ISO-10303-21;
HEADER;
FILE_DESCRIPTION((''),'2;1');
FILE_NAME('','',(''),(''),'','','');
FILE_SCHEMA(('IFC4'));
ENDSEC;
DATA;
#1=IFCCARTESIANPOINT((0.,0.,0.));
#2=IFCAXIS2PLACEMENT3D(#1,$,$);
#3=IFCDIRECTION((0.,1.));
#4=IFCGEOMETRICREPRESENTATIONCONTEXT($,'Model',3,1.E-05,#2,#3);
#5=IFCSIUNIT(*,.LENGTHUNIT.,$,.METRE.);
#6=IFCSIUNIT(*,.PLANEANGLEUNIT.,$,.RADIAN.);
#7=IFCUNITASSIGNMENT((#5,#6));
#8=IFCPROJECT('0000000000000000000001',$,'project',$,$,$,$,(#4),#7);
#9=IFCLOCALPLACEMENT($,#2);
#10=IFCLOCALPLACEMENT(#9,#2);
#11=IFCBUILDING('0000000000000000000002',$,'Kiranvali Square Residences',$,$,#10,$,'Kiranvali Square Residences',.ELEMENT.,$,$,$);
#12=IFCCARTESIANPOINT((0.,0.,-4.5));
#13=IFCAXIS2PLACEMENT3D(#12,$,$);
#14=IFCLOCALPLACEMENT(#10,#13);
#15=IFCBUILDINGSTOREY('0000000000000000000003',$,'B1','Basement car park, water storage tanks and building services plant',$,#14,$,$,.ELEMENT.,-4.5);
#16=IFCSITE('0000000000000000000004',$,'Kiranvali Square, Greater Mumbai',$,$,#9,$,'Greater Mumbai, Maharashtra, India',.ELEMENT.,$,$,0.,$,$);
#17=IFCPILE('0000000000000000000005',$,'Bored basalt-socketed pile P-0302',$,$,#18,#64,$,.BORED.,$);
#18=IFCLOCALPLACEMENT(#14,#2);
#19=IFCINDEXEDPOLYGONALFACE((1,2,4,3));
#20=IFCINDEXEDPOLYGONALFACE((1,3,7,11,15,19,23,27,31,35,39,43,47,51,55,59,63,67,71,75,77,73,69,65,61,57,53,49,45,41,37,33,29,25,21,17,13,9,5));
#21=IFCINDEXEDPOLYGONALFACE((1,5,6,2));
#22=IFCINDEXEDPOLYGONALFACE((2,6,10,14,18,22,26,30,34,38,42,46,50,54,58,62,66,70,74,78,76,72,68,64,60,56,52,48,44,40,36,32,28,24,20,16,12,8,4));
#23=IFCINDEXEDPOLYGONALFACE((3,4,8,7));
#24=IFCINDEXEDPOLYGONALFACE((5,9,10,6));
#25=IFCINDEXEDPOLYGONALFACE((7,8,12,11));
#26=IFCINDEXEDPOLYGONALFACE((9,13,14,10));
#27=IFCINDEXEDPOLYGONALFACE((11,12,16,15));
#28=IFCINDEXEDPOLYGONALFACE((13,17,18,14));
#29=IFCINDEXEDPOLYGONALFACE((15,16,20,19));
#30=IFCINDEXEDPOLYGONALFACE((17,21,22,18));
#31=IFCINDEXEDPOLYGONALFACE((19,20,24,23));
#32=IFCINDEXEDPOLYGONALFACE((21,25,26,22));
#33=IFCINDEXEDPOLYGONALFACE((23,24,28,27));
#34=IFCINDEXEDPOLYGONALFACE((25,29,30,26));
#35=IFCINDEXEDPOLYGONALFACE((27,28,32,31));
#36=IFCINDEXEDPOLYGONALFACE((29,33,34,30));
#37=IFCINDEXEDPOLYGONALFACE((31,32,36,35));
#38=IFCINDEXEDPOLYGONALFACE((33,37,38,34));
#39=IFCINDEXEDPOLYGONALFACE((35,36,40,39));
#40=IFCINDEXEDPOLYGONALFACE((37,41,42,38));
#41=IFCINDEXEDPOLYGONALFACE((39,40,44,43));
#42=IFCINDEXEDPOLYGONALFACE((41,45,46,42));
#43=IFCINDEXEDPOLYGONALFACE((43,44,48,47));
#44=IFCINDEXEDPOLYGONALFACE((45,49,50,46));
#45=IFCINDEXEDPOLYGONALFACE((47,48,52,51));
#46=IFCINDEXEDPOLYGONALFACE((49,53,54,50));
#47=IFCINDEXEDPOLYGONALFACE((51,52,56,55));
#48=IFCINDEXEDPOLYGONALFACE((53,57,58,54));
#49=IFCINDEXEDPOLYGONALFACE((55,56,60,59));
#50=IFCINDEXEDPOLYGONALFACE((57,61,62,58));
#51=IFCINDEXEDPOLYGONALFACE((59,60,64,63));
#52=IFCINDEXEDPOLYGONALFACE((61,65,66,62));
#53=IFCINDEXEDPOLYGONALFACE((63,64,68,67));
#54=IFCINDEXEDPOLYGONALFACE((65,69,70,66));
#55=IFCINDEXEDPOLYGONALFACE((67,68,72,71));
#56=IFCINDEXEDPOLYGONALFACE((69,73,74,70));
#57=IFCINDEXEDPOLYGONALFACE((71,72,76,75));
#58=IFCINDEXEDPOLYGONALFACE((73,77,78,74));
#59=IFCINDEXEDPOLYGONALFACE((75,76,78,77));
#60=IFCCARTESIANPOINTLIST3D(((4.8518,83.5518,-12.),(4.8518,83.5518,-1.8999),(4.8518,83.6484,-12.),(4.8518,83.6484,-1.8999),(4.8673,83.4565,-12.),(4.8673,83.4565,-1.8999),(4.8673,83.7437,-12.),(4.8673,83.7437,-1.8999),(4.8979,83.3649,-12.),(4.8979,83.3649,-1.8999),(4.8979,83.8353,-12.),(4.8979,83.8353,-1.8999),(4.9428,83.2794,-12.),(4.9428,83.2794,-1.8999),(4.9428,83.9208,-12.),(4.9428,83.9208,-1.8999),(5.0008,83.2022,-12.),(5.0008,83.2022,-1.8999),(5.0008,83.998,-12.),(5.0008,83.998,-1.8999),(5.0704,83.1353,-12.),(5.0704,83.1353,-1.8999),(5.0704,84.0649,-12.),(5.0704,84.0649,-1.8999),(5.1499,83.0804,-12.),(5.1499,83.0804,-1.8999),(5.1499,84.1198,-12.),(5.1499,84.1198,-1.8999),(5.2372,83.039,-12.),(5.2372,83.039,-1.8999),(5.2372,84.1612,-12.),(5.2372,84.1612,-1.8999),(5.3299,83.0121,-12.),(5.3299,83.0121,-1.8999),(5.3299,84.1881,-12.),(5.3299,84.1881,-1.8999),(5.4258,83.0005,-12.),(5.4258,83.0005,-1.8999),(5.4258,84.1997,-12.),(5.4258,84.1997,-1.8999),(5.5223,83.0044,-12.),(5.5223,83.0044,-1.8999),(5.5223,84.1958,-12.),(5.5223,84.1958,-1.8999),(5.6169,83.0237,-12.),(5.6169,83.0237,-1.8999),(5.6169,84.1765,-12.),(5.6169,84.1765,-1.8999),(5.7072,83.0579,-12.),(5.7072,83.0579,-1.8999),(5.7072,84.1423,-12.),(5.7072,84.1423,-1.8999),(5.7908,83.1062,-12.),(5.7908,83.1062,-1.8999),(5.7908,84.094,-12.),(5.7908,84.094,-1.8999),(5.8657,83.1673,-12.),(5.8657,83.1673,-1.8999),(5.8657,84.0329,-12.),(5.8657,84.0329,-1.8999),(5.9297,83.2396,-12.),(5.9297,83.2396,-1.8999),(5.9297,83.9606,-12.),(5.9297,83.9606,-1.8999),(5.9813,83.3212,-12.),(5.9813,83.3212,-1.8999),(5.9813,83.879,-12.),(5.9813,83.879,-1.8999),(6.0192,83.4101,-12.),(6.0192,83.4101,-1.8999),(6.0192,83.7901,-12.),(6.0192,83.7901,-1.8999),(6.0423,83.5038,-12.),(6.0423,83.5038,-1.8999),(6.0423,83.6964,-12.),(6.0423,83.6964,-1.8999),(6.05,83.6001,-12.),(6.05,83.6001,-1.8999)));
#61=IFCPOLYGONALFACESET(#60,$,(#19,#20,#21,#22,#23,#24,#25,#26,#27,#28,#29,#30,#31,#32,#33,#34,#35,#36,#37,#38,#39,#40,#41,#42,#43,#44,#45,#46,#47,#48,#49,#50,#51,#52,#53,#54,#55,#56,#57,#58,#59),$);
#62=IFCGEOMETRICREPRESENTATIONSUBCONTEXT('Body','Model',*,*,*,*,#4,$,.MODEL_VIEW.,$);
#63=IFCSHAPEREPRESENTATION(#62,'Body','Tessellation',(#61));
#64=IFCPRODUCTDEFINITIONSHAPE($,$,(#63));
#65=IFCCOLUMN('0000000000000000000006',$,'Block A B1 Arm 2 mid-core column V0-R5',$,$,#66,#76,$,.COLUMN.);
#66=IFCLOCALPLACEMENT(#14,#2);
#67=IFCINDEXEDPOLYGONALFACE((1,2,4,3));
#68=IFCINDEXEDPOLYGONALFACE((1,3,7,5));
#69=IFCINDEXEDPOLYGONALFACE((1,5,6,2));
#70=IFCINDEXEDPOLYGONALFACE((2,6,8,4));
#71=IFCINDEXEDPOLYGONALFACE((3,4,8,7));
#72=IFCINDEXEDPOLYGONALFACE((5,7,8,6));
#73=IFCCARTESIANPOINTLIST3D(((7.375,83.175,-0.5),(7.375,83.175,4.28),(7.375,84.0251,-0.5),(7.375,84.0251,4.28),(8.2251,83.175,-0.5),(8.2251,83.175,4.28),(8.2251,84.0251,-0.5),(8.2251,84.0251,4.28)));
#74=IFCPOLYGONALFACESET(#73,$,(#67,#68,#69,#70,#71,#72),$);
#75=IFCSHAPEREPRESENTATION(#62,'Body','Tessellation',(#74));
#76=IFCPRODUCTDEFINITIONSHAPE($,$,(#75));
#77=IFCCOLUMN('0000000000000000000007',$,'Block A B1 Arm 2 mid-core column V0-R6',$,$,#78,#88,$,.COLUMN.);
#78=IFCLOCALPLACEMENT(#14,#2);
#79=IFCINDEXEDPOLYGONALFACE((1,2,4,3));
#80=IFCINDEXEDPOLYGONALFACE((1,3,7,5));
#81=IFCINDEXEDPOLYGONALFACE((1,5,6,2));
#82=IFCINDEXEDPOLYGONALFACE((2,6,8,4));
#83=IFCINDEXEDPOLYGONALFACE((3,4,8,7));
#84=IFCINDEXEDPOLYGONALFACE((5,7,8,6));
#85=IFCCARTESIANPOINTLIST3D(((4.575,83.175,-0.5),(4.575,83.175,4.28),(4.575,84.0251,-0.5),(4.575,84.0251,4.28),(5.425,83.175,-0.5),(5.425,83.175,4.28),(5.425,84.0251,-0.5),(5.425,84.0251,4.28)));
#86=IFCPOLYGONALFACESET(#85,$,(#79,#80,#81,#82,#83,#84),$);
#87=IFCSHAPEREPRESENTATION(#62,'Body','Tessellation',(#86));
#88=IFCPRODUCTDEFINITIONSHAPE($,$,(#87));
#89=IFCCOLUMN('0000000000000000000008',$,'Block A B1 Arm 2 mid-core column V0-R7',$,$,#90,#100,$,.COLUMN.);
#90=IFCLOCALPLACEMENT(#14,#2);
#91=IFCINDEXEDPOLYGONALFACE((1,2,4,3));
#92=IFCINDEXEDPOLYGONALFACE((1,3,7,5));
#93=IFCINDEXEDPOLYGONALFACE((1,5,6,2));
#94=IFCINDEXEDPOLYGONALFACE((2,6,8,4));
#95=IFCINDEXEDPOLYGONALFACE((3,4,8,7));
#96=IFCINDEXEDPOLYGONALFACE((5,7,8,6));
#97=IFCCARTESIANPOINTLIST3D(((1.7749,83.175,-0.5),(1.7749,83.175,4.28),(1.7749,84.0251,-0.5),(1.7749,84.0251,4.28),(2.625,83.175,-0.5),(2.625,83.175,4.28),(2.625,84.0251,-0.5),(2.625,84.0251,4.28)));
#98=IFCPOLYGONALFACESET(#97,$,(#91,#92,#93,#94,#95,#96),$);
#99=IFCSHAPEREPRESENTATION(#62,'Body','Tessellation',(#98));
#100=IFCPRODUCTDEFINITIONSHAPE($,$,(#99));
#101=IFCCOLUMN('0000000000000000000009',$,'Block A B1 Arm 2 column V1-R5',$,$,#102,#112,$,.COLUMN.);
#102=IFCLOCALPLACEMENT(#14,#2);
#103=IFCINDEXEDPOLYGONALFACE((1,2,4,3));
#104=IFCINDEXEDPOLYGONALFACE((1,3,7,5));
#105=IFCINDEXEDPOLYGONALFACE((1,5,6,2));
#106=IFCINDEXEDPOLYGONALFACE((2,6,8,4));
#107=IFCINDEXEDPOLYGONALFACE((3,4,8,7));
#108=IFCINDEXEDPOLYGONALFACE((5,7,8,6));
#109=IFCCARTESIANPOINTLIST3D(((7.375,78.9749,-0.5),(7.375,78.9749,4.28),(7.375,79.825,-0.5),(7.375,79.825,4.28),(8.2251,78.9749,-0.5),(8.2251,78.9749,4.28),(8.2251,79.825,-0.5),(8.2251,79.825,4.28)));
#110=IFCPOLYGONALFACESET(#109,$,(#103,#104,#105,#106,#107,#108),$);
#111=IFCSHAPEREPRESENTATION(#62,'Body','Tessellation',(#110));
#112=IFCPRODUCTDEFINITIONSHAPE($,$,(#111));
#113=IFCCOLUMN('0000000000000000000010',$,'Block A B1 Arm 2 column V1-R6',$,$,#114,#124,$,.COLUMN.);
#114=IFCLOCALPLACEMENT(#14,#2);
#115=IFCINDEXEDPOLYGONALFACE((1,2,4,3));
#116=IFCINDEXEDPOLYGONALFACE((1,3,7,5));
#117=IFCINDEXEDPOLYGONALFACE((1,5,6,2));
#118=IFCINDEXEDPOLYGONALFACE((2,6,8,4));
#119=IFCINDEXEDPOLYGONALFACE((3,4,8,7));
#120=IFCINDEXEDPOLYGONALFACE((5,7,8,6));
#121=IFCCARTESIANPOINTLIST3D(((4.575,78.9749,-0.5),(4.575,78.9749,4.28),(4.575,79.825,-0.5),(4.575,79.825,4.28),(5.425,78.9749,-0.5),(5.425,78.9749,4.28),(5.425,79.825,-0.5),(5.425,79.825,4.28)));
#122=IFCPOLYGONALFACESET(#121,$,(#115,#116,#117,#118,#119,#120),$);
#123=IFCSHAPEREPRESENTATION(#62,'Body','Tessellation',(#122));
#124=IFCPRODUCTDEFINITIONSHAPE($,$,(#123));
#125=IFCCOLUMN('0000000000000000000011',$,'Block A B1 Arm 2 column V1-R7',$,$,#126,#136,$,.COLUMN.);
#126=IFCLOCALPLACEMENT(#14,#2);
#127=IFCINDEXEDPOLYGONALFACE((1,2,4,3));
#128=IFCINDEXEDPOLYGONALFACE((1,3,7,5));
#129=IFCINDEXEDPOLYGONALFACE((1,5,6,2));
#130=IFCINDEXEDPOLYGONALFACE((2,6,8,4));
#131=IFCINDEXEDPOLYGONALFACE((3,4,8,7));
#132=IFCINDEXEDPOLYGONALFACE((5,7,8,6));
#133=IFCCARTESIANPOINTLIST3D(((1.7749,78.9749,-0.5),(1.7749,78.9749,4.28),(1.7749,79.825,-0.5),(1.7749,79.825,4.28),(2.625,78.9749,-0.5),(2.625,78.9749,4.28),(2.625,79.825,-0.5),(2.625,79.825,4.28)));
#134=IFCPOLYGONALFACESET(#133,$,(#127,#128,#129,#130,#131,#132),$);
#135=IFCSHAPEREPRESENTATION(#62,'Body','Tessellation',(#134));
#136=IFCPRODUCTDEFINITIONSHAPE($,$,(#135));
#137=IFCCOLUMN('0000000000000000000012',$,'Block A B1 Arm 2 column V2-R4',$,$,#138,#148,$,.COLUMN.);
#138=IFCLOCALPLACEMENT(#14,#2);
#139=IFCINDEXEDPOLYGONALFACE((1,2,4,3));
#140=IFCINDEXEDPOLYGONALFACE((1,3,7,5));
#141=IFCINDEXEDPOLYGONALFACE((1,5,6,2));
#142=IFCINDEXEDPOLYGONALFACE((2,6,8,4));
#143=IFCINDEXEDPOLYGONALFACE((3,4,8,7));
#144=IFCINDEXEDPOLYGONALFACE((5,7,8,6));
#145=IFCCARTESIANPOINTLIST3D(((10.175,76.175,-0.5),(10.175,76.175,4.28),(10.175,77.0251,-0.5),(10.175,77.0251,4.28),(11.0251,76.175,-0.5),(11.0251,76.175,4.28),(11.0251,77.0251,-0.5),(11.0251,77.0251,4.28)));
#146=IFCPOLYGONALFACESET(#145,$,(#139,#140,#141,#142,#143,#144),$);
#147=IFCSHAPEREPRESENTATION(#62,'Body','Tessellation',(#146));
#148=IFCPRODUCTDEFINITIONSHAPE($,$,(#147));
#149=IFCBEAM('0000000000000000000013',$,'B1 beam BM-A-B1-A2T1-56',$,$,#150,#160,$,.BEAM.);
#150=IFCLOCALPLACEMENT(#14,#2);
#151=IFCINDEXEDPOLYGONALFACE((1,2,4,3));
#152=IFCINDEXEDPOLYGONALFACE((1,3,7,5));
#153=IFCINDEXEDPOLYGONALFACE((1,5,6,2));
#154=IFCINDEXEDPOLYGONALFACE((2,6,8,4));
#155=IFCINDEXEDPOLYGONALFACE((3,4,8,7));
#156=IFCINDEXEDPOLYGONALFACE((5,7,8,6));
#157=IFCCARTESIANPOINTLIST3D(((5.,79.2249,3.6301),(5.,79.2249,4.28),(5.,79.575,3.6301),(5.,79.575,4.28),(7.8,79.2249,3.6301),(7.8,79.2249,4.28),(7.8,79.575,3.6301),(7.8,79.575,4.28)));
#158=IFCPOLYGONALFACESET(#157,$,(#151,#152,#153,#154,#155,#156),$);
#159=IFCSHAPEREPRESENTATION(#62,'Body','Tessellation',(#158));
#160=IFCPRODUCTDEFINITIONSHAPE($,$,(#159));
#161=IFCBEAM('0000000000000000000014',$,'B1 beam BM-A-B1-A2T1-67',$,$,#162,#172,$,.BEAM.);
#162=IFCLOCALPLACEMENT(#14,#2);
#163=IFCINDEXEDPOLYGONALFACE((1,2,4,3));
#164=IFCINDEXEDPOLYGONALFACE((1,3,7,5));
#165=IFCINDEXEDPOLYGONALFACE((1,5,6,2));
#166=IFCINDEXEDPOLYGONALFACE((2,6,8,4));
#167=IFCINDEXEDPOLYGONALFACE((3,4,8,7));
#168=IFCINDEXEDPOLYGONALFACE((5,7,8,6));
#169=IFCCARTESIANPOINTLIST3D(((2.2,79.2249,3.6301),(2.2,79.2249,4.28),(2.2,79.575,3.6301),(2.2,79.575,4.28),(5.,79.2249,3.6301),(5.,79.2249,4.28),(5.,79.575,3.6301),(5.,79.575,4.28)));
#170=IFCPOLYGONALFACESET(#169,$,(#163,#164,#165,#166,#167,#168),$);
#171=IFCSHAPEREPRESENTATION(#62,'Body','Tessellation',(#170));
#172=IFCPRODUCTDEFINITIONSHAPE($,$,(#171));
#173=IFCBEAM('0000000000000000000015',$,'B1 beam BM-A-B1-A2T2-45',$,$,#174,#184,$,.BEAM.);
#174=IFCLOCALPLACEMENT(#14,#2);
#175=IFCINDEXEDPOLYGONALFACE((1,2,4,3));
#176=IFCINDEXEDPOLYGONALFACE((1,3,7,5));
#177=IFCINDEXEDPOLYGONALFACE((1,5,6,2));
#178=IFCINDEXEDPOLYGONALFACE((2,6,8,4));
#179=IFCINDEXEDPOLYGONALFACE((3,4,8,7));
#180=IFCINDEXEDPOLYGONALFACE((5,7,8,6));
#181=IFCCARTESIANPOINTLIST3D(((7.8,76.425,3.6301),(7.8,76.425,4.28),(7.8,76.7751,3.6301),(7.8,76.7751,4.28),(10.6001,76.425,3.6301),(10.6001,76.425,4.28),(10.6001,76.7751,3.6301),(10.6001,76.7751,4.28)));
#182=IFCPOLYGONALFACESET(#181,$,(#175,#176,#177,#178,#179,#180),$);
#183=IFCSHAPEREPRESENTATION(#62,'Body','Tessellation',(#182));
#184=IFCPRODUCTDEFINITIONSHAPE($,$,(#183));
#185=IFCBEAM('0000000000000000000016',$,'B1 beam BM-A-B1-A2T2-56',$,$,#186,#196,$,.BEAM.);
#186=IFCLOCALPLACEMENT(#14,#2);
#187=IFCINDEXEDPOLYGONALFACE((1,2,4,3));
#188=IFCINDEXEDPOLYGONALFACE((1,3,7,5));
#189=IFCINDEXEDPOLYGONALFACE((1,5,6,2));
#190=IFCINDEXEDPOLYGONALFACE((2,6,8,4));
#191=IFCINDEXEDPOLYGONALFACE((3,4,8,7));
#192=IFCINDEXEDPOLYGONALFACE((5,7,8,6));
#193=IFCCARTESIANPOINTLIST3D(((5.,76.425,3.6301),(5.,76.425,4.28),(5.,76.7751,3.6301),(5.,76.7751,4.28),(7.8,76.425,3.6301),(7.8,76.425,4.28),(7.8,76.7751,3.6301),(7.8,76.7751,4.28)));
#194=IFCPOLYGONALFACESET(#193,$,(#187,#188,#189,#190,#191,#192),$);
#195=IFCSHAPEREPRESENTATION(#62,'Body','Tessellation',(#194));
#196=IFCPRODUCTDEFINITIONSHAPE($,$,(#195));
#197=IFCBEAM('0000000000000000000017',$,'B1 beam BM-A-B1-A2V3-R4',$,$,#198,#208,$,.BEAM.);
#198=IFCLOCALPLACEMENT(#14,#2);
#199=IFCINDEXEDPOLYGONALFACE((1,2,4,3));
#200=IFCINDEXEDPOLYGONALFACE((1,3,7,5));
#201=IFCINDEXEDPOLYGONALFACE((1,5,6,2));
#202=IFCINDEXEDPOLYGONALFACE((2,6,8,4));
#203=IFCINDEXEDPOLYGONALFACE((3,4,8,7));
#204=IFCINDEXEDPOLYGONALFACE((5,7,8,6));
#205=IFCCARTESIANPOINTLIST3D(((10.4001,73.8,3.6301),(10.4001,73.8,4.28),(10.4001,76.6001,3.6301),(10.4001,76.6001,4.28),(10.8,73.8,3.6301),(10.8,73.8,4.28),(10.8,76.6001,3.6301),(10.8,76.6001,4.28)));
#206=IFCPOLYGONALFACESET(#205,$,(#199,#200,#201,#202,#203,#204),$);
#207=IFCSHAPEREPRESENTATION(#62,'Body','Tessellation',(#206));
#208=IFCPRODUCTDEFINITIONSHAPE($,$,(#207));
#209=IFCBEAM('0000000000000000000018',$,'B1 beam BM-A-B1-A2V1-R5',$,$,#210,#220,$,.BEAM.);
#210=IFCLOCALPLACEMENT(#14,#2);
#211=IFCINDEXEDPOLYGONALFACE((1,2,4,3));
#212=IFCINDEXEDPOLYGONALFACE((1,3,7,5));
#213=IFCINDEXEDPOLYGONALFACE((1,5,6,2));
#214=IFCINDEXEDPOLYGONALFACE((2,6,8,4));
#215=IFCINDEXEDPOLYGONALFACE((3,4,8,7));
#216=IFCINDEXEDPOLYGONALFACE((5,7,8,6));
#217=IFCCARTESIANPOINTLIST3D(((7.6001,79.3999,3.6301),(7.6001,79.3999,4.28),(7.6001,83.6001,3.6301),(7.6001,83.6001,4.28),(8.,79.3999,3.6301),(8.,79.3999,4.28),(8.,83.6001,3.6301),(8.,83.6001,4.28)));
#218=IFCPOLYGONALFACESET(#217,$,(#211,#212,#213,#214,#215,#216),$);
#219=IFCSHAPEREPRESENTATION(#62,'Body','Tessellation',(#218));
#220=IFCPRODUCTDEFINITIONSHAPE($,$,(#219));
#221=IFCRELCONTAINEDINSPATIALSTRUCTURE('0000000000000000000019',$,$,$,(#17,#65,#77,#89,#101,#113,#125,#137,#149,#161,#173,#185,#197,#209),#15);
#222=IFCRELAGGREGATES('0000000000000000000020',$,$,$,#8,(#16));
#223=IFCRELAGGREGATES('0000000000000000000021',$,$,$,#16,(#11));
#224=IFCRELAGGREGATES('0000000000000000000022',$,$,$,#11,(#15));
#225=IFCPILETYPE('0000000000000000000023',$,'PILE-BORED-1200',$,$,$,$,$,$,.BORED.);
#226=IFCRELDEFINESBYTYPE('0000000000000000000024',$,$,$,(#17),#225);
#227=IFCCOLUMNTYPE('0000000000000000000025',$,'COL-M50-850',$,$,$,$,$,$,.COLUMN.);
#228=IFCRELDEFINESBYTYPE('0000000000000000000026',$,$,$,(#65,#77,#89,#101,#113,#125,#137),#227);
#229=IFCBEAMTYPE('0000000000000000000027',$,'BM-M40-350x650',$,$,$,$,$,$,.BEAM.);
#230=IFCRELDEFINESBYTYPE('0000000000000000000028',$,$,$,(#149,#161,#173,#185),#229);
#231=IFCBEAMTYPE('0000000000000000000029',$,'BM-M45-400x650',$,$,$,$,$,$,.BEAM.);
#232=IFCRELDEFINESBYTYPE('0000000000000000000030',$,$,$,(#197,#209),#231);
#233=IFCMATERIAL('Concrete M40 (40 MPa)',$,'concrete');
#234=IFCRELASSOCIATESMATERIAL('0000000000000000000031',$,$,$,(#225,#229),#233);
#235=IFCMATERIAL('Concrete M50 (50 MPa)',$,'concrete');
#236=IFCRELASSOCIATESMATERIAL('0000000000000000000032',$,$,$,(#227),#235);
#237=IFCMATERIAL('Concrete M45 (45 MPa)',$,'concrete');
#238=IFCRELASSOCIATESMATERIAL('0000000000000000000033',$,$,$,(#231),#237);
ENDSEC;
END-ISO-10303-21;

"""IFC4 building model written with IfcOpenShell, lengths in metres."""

from ifc_helpers import new_model, si_unit, direction, frame, origin, origin_2d, place, context, subcontext, project, spatial, rectangle, circle, extrude, material, material_profile, profile_set, type_object, element, save


model = new_model("IFC4")

# Units and contexts
model_context = context("Model", 3, precision=1e-05, world=origin(), true_north=direction((0.0, 1.0)))
body_context = subcontext(model_context, "Body", "Model", "MODEL_VIEW")
ifc_project = project(units=[si_unit("LENGTHUNIT", "METRE"), si_unit("PLANEANGLEUNIT", "RADIAN")], contexts=[model_context])

# Site, building, storey
site_placement = place(None, origin())
site = spatial("IfcSite", under=ifc_project, at=site_placement, Name="Kiranvali Square, Greater Mumbai", LongName="Greater Mumbai, Maharashtra, India", CompositionType="ELEMENT", RefElevation=0.0)
building_placement = place(site_placement, origin())
building = spatial("IfcBuilding", under=site, at=building_placement, Name="Kiranvali Square Residences", LongName="Kiranvali Square Residences", CompositionType="ELEMENT")
storey_placement = place(building_placement, frame((0.0, 0.0, -4.5)))
storey = spatial("IfcBuildingStorey", under=building, at=storey_placement, Name="B1", Description="Basement car park, water storage tanks and building services plant", CompositionType="ELEMENT", Elevation=-4.5)

# Shared definitions
ifc_material_1 = material(Name="Concrete M40 (40 MPa)", Category="concrete")

# Pile
ifc_material_profile_1 = material_profile(ifc_material_1, circle(Radius=0.6001, at=origin_2d()), Name="BORED PILE 1200")
ifc_profile_set_1 = profile_set([ifc_material_profile_1], Name="Concrete M40 (40 MPa)")
pile_type = type_object("IfcPileType", Name="PILE-BORED-1200", PredefinedType="BORED", material=ifc_profile_set_1)
for number, where, z_axis, x_axis, name in (
    (1, (5.45, 83.6001, -1.8999), (0.0, 0.0, -1.0), (1.0, 0.0, 0.0), "Bored basalt-socketed pile P-0302"),
):
    element("IfcPile", number, at=place(storey_placement, frame(where, z_axis=z_axis, x_axis=x_axis)), inside=storey, type_object=pile_type, Name=name, PredefinedType="BORED", context=body_context, shape_type="SweptSolid", body=[
        extrude(circle(Radius=0.6001, at=origin_2d()), origin(), (0.0, 0.0, 1.0), 10.1001),
    ])

# Columns
ifc_material_2 = material(Name="Concrete M50 (50 MPa)", Category="concrete")
ifc_material_profile_2 = material_profile(ifc_material_2, rectangle(XDim=0.8501, YDim=0.8501, at=origin_2d()), Name="RC 850x850")
ifc_profile_set_2 = profile_set([ifc_material_profile_2], Name="Concrete M50 (50 MPa)")
column_type = type_object("IfcColumnType", Name="COL-M50-850", PredefinedType="COLUMN", material=ifc_profile_set_2)
for number, where, z_axis, x_axis, name in (
    (2, (7.8, 83.6001, -0.5), (0.0, 0.0, 1.0), (1.0, 0.0, 0.0), "Block A B1 Arm 2 mid-core column V0-R5"),
    (3, (5.0, 83.6001, -0.5), (0.0, 0.0, 1.0), (1.0, 0.0, 0.0), "Block A B1 Arm 2 mid-core column V0-R6"),
    (4, (2.2, 83.6001, -0.5), (0.0, 0.0, 1.0), (1.0, 0.0, 0.0), "Block A B1 Arm 2 mid-core column V0-R7"),
    (5, (7.8, 79.3999, -0.5), (0.0, 0.0, 1.0), (1.0, 0.0, 0.0), "Block A B1 Arm 2 column V1-R5"),
    (6, (5.0, 79.3999, -0.5), (0.0, 0.0, 1.0), (1.0, 0.0, 0.0), "Block A B1 Arm 2 column V1-R6"),
    (7, (2.2, 79.3999, -0.5), (0.0, 0.0, 1.0), (1.0, 0.0, 0.0), "Block A B1 Arm 2 column V1-R7"),
    (8, (10.6001, 76.6001, -0.5), (0.0, 0.0, 1.0), (1.0, 0.0, 0.0), "Block A B1 Arm 2 column V2-R4"),
):
    element("IfcColumn", number, at=place(storey_placement, frame(where, z_axis=z_axis, x_axis=x_axis)), inside=storey, type_object=column_type, Name=name, PredefinedType="COLUMN", context=body_context, shape_type="SweptSolid", body=[
        extrude(rectangle(XDim=0.8501, YDim=0.8501, at=origin_2d()), origin(), (0.0, 0.0, 1.0), 4.78),
    ])

# Beams
ifc_material_profile_3 = material_profile(ifc_material_1, rectangle(XDim=0.3501, YDim=0.6499, at=origin_2d()), Name="RC 350x650")
ifc_profile_set_3 = profile_set([ifc_material_profile_3], Name="Concrete M40 (40 MPa)")
beam_type_1 = type_object("IfcBeamType", Name="BM-M40-350x650", PredefinedType="BEAM", material=ifc_profile_set_3)
for number, where, z_axis, x_axis, name in (
    (9, (7.8, 79.3999, 3.9551), (-1.0, 0.0, 0.0), (0.0, -1.0, 0.0), "B1 beam BM-A-B1-A2T1-56"),
    (10, (5.0, 79.3999, 3.9551), (-1.0, 0.0, 0.0), (0.0, -1.0, 0.0), "B1 beam BM-A-B1-A2T1-67"),
    (11, (10.6001, 76.6001, 3.9551), (-1.0, 0.0, 0.0), (0.0, -1.0, 0.0), "B1 beam BM-A-B1-A2T2-45"),
    (12, (7.8, 76.6001, 3.9551), (-1.0, 0.0, 0.0), (0.0, -1.0, 0.0), "B1 beam BM-A-B1-A2T2-56"),
):
    element("IfcBeam", number, at=place(storey_placement, frame(where, z_axis=z_axis, x_axis=x_axis)), inside=storey, type_object=beam_type_1, Name=name, PredefinedType="BEAM", context=body_context, shape_type="SweptSolid", body=[
        extrude(rectangle(XDim=0.3501, YDim=0.6499, at=origin_2d()), origin(), (0.0, 0.0, 1.0), 2.8),
    ])
ifc_material_3 = material(Name="Concrete M45 (45 MPa)", Category="concrete")
ifc_material_profile_4 = material_profile(ifc_material_3, rectangle(XDim=0.3999, YDim=0.6499, at=origin_2d()), Name="RC 400x650")
ifc_profile_set_4 = profile_set([ifc_material_profile_4], Name="Concrete M45 (45 MPa)")
beam_type_2 = type_object("IfcBeamType", Name="BM-M45-400x650", PredefinedType="BEAM", material=ifc_profile_set_4)
beam_1_placement = place(storey_placement, frame((10.6001, 76.6001, 3.9551), z_axis=(0.0, -1.0, 0.0), x_axis=(1.0, 0.0, 0.0)))
element("IfcBeam", 13, at=beam_1_placement, inside=storey, type_object=beam_type_2, Name="B1 beam BM-A-B1-A2V3-R4", PredefinedType="BEAM", context=body_context, shape_type="SweptSolid", body=[
    extrude(rectangle(XDim=0.3999, YDim=0.6499, at=origin_2d()), origin(), (0.0, 0.0, 1.0), 2.8),
])
beam_2_placement = place(storey_placement, frame((7.8, 83.6001, 3.9551), z_axis=(0.0, -1.0, 0.0), x_axis=(1.0, 0.0, 0.0)))
element("IfcBeam", 14, at=beam_2_placement, inside=storey, type_object=beam_type_2, Name="B1 beam BM-A-B1-A2V1-R5", PredefinedType="BEAM", context=body_context, shape_type="SweptSolid", body=[
    extrude(rectangle(XDim=0.3999, YDim=0.6499, at=origin_2d()), origin(), (0.0, 0.0, 1.0), 4.2002),
])

save(model, "model.ifc")
